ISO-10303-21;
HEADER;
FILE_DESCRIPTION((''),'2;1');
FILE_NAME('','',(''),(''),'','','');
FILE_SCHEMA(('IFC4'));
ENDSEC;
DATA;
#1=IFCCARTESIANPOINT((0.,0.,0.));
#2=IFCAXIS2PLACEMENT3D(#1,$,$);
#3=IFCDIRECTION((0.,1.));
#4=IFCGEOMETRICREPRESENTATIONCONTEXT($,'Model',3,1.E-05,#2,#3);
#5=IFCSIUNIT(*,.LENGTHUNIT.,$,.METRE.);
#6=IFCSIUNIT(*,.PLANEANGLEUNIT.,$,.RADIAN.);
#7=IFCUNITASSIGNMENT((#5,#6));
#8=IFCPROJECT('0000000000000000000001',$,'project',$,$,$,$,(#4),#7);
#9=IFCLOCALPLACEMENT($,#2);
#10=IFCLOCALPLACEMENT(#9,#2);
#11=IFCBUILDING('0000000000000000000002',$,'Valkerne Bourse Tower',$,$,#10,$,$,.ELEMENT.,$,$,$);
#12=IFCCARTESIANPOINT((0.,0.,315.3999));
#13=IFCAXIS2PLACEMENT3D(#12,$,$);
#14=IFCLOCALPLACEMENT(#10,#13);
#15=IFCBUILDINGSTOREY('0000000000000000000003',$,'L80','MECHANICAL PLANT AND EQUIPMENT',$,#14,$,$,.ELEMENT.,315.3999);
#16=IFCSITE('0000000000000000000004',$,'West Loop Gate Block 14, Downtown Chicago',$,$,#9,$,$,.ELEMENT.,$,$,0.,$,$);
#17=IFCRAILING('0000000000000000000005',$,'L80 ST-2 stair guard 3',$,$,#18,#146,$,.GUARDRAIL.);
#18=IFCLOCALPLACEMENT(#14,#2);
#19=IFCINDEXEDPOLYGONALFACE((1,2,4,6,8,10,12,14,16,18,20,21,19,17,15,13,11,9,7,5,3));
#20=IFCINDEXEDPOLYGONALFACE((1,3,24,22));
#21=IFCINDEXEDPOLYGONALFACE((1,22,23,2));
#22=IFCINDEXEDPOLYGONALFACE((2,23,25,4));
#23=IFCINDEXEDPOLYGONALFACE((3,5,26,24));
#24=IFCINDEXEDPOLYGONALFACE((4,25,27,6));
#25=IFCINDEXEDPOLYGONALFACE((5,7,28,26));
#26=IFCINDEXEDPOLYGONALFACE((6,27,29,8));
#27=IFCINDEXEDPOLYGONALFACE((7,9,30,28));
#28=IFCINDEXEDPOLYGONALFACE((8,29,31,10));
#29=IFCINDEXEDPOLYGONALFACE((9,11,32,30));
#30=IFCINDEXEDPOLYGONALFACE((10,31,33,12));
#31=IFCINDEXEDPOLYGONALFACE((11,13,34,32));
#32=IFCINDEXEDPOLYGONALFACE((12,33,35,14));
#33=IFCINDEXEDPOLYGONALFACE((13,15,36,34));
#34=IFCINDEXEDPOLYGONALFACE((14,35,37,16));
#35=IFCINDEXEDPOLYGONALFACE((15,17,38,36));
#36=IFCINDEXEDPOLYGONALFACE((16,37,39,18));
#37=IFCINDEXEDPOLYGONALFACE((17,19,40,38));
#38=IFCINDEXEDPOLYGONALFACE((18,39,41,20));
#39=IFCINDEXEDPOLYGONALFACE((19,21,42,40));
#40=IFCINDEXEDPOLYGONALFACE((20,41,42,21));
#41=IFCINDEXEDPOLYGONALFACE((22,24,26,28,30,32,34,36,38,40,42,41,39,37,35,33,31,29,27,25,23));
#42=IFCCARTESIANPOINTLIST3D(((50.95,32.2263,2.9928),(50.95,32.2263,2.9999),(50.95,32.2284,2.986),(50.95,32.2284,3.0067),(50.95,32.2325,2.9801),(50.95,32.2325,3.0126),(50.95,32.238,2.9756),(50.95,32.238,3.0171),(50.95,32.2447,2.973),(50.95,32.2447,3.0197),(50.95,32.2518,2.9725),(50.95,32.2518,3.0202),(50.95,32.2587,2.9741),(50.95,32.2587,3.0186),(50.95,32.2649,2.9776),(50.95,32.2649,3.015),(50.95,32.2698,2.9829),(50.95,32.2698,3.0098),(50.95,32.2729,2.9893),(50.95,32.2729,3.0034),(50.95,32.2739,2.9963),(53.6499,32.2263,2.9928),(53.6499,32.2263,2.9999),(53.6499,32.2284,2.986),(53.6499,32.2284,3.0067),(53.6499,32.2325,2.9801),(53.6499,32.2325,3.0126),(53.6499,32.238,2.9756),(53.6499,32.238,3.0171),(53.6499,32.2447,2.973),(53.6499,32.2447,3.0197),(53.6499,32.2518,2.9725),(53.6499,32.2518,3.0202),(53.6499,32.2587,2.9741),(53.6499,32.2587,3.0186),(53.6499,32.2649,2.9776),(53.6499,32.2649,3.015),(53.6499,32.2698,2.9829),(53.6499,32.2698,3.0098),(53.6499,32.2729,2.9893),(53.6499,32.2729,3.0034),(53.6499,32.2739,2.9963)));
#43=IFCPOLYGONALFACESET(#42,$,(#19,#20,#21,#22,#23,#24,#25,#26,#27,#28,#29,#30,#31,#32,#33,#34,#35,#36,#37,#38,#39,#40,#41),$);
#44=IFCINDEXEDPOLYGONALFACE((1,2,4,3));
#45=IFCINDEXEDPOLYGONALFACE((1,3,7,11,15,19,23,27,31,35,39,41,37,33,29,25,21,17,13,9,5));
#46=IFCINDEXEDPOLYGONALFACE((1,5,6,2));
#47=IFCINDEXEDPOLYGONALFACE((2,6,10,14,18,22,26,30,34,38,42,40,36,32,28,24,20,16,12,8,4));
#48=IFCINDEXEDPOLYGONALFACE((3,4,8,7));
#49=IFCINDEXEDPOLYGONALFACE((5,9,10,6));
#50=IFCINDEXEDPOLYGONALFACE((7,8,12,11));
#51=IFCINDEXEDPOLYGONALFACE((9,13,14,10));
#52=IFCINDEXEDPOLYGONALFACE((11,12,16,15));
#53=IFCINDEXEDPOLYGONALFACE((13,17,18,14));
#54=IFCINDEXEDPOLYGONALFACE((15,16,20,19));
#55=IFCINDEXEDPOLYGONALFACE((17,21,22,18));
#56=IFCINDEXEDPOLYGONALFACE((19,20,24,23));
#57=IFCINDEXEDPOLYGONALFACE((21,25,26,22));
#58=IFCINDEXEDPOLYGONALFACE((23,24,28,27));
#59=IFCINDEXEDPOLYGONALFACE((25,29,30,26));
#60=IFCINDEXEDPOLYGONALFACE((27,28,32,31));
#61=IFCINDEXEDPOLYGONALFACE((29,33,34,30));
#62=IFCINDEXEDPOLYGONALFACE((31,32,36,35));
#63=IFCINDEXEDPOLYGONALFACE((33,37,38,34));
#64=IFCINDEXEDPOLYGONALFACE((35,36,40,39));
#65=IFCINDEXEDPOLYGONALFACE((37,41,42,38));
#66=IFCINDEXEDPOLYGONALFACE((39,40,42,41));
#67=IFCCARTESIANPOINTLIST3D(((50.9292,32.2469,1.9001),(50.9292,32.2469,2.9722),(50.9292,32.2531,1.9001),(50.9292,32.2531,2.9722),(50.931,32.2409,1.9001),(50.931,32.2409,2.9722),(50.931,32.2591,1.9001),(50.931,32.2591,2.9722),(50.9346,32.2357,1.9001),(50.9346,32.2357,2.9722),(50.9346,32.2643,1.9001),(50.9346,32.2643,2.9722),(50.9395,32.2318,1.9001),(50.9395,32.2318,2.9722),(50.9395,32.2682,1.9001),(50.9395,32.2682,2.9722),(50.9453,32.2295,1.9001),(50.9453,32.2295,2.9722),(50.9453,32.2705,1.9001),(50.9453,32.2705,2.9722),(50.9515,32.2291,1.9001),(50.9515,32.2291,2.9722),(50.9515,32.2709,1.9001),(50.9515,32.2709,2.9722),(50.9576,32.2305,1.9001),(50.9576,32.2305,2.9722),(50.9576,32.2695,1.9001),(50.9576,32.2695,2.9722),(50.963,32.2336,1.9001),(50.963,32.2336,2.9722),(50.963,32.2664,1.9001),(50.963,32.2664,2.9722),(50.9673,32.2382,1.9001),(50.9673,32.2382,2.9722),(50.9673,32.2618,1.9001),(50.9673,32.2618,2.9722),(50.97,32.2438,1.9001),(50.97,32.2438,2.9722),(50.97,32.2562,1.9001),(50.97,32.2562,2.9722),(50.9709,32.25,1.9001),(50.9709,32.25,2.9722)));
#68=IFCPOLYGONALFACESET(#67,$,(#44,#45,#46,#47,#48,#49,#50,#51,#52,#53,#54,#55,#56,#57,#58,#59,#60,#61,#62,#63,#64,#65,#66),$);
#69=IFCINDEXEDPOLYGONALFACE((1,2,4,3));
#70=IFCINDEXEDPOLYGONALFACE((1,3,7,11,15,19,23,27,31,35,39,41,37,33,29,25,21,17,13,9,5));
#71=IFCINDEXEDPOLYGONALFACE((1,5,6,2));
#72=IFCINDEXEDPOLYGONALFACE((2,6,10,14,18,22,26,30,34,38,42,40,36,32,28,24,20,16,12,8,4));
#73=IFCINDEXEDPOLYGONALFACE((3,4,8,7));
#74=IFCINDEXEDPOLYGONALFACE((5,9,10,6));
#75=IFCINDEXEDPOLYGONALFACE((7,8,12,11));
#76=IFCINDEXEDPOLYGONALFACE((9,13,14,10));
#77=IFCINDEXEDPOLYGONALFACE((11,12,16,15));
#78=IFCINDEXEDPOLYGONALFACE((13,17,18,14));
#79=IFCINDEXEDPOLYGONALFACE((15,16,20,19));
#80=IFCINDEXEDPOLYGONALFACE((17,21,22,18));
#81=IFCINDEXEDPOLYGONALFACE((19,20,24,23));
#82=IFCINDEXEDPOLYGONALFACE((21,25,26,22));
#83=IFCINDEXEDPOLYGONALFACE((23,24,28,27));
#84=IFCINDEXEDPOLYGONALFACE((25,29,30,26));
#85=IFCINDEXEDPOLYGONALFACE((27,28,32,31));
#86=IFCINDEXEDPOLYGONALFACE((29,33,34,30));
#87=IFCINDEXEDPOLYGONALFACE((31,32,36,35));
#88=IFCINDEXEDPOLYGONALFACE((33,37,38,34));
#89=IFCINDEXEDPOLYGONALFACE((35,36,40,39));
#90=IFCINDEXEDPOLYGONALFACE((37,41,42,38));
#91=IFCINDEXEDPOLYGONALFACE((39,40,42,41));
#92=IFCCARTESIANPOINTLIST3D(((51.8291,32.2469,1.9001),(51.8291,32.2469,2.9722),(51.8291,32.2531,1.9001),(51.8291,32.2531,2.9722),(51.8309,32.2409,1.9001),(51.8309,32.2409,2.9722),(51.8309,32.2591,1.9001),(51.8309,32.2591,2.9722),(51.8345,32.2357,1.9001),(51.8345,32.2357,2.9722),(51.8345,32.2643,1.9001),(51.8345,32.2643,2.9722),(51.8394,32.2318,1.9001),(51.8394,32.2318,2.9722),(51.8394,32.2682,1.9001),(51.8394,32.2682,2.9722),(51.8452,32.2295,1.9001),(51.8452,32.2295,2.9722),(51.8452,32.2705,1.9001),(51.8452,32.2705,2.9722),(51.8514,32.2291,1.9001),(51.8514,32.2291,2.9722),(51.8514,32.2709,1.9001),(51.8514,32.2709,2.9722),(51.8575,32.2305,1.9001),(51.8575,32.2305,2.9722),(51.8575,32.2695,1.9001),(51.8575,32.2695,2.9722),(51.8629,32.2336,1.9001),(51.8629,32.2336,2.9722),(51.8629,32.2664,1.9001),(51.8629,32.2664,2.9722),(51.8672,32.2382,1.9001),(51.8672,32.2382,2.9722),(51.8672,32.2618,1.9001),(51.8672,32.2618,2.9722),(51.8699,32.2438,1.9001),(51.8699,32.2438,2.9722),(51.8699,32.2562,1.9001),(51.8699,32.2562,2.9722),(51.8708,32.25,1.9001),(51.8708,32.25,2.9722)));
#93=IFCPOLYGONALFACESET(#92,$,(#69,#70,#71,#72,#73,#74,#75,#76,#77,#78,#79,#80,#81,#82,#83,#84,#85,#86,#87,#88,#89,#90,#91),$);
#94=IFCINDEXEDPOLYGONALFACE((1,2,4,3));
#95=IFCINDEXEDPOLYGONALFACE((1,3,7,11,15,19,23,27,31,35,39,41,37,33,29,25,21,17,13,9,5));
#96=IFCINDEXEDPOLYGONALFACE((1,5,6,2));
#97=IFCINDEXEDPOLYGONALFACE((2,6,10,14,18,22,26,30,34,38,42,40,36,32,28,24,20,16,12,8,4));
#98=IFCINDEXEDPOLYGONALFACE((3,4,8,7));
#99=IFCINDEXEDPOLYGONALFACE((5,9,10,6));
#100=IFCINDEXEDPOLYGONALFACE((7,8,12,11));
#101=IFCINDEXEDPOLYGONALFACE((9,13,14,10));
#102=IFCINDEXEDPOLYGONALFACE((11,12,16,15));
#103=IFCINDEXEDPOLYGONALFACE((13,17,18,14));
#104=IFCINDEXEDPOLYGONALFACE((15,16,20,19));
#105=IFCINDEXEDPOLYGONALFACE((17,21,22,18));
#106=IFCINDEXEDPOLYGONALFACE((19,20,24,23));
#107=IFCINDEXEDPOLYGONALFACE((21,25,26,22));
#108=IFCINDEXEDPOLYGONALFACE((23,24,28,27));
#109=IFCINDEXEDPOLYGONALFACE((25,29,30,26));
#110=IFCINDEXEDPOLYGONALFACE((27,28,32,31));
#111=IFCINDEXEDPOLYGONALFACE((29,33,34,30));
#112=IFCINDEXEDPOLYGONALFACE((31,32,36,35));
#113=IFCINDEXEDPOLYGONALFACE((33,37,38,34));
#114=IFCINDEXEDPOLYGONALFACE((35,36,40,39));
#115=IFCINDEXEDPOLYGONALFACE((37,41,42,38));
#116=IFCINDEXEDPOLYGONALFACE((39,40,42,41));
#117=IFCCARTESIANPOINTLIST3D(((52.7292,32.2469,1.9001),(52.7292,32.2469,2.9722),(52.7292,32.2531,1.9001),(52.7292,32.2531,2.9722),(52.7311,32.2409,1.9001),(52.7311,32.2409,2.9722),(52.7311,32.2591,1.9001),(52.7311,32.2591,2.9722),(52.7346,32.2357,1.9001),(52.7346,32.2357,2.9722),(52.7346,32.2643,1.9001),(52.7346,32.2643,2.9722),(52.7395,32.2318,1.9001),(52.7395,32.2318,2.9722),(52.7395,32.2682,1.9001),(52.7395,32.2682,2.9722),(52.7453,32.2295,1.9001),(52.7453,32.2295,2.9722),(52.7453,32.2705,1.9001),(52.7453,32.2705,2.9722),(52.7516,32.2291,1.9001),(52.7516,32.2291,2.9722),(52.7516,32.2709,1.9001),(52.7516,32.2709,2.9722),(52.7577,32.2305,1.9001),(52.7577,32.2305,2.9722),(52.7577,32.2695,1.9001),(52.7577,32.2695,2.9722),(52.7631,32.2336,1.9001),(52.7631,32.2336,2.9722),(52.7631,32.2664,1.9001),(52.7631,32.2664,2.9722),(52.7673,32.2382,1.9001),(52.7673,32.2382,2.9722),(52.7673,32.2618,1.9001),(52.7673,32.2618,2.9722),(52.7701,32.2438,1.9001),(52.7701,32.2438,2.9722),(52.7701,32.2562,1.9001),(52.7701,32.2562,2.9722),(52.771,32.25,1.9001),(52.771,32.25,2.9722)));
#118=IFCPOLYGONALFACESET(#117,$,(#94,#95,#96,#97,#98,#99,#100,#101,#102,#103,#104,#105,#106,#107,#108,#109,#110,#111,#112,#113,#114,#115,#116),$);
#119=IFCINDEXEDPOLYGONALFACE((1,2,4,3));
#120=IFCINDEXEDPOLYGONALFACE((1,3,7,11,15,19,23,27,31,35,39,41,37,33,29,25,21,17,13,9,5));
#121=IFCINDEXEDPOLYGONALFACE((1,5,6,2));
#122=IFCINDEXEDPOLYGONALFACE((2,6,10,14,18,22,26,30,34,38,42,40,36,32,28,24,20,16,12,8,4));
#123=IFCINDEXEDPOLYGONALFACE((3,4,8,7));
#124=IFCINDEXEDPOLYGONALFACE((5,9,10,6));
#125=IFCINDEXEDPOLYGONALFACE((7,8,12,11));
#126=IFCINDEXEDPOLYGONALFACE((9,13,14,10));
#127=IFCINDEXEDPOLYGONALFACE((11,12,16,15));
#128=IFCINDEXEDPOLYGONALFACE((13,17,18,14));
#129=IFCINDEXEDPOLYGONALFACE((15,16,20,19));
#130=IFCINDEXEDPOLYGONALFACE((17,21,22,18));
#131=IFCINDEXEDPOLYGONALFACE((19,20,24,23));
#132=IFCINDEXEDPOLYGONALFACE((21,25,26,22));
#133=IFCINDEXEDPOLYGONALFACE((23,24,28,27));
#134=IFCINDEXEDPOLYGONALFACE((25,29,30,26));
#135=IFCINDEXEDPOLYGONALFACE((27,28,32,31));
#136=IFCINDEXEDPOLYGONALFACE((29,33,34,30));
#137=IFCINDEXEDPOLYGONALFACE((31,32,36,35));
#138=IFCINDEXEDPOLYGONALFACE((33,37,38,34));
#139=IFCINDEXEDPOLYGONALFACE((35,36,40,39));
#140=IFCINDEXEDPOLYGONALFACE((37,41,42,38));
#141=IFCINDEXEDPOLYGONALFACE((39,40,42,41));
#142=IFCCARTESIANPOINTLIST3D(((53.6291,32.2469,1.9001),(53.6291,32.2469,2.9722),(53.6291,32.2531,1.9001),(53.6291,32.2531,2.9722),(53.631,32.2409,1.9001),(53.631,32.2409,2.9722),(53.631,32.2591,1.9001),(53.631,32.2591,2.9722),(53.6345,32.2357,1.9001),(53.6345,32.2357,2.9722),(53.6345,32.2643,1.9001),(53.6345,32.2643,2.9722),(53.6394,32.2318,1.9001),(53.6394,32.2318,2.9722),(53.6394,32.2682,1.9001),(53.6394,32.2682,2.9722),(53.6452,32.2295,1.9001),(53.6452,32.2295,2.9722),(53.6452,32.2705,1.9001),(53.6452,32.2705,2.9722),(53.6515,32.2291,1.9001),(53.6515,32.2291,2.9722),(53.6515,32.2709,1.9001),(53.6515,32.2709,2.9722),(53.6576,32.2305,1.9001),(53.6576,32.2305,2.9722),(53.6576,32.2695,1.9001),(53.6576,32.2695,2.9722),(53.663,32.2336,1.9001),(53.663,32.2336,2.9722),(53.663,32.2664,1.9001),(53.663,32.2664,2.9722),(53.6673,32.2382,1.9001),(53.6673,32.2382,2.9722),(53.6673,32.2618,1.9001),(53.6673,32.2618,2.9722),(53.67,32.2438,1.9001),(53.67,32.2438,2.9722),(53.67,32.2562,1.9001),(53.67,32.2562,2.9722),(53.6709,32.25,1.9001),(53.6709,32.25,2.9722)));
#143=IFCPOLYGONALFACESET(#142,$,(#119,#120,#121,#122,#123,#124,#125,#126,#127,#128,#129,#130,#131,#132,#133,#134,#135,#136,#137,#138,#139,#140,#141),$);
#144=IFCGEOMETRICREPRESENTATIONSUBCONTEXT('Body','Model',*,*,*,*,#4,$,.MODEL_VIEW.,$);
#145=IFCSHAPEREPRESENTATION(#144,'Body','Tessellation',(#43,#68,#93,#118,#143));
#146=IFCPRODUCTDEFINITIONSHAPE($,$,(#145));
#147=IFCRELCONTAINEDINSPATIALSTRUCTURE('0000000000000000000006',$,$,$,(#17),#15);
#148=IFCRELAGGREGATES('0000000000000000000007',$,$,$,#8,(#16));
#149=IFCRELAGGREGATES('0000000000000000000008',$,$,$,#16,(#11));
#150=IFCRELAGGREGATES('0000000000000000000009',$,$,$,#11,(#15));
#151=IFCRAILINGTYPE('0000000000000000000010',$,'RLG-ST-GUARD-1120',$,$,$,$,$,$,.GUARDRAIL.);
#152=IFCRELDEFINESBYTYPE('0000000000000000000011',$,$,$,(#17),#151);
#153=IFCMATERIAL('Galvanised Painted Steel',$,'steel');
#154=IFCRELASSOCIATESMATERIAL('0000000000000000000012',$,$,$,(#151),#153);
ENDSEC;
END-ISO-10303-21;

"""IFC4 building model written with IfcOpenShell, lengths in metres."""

from ifc_helpers import new_model, si_unit, direction, frame, origin, origin_2d, place, context, subcontext, project, spatial, circle, extrude, material, type_object, element, save


model = new_model("IFC4")

# Units and contexts
model_context = context("Model", 3, precision=1e-05, world=origin(), true_north=direction((0.0, 1.0)))
body_context = subcontext(model_context, "Body", "Model", "MODEL_VIEW")
ifc_project = project(units=[si_unit("LENGTHUNIT", "METRE"), si_unit("PLANEANGLEUNIT", "RADIAN")], contexts=[model_context])

# Site, building, storey
site_placement = place(None, origin())
site = spatial("IfcSite", under=ifc_project, at=site_placement, Name="West Loop Gate Block 14, Downtown Chicago", CompositionType="ELEMENT", RefElevation=0.0)
building_placement = place(site_placement, origin())
building = spatial("IfcBuilding", under=site, at=building_placement, Name="Valkerne Bourse Tower", CompositionType="ELEMENT")
storey_placement = place(building_placement, frame((0.0, 0.0, 315.3999)))
storey = spatial("IfcBuildingStorey", under=building, at=storey_placement, Name="L80", Description="MECHANICAL PLANT AND EQUIPMENT", CompositionType="ELEMENT", Elevation=315.3999)

# Railing
ifc_material_1 = material(Name="Galvanised Painted Steel", Category="steel")
railing_type_1 = type_object("IfcRailingType", Name="RLG-ST-GUARD-1120", PredefinedType="GUARDRAIL", material=ifc_material_1)
railing_1_placement = place(storey_placement, frame((50.95, 32.25, 1.9001)))
element("IfcRailing", 1, at=railing_1_placement, inside=storey, type_object=railing_type_1, Name="L80 ST-2 stair guard 3", PredefinedType="GUARDRAIL", context=body_context, shape_type="SweptSolid", body=[
    extrude(circle(Radius=0.0239, at=origin_2d()), frame((0.0, 0.0, 1.0962), z_axis=(1.0, 0.0, 0.0), x_axis=(0.0, 1.0, 0.0)), (0.0, 0.0, 1.0), 2.7),
    extrude(circle(Radius=0.021, at=origin_2d()), origin(), (0.0, 0.0, 1.0), 1.072),
    extrude(circle(Radius=0.021, at=origin_2d()), frame((0.8999, 0.0, 0.0)), (0.0, 0.0, 1.0), 1.072),
    extrude(circle(Radius=0.021, at=origin_2d()), frame((1.8, 0.0, 0.0)), (0.0, 0.0, 1.0), 1.072),
    extrude(circle(Radius=0.021, at=origin_2d()), frame((2.7, 0.0, 0.0)), (0.0, 0.0, 1.0), 1.072),
])

save(model, "model.ifc")
